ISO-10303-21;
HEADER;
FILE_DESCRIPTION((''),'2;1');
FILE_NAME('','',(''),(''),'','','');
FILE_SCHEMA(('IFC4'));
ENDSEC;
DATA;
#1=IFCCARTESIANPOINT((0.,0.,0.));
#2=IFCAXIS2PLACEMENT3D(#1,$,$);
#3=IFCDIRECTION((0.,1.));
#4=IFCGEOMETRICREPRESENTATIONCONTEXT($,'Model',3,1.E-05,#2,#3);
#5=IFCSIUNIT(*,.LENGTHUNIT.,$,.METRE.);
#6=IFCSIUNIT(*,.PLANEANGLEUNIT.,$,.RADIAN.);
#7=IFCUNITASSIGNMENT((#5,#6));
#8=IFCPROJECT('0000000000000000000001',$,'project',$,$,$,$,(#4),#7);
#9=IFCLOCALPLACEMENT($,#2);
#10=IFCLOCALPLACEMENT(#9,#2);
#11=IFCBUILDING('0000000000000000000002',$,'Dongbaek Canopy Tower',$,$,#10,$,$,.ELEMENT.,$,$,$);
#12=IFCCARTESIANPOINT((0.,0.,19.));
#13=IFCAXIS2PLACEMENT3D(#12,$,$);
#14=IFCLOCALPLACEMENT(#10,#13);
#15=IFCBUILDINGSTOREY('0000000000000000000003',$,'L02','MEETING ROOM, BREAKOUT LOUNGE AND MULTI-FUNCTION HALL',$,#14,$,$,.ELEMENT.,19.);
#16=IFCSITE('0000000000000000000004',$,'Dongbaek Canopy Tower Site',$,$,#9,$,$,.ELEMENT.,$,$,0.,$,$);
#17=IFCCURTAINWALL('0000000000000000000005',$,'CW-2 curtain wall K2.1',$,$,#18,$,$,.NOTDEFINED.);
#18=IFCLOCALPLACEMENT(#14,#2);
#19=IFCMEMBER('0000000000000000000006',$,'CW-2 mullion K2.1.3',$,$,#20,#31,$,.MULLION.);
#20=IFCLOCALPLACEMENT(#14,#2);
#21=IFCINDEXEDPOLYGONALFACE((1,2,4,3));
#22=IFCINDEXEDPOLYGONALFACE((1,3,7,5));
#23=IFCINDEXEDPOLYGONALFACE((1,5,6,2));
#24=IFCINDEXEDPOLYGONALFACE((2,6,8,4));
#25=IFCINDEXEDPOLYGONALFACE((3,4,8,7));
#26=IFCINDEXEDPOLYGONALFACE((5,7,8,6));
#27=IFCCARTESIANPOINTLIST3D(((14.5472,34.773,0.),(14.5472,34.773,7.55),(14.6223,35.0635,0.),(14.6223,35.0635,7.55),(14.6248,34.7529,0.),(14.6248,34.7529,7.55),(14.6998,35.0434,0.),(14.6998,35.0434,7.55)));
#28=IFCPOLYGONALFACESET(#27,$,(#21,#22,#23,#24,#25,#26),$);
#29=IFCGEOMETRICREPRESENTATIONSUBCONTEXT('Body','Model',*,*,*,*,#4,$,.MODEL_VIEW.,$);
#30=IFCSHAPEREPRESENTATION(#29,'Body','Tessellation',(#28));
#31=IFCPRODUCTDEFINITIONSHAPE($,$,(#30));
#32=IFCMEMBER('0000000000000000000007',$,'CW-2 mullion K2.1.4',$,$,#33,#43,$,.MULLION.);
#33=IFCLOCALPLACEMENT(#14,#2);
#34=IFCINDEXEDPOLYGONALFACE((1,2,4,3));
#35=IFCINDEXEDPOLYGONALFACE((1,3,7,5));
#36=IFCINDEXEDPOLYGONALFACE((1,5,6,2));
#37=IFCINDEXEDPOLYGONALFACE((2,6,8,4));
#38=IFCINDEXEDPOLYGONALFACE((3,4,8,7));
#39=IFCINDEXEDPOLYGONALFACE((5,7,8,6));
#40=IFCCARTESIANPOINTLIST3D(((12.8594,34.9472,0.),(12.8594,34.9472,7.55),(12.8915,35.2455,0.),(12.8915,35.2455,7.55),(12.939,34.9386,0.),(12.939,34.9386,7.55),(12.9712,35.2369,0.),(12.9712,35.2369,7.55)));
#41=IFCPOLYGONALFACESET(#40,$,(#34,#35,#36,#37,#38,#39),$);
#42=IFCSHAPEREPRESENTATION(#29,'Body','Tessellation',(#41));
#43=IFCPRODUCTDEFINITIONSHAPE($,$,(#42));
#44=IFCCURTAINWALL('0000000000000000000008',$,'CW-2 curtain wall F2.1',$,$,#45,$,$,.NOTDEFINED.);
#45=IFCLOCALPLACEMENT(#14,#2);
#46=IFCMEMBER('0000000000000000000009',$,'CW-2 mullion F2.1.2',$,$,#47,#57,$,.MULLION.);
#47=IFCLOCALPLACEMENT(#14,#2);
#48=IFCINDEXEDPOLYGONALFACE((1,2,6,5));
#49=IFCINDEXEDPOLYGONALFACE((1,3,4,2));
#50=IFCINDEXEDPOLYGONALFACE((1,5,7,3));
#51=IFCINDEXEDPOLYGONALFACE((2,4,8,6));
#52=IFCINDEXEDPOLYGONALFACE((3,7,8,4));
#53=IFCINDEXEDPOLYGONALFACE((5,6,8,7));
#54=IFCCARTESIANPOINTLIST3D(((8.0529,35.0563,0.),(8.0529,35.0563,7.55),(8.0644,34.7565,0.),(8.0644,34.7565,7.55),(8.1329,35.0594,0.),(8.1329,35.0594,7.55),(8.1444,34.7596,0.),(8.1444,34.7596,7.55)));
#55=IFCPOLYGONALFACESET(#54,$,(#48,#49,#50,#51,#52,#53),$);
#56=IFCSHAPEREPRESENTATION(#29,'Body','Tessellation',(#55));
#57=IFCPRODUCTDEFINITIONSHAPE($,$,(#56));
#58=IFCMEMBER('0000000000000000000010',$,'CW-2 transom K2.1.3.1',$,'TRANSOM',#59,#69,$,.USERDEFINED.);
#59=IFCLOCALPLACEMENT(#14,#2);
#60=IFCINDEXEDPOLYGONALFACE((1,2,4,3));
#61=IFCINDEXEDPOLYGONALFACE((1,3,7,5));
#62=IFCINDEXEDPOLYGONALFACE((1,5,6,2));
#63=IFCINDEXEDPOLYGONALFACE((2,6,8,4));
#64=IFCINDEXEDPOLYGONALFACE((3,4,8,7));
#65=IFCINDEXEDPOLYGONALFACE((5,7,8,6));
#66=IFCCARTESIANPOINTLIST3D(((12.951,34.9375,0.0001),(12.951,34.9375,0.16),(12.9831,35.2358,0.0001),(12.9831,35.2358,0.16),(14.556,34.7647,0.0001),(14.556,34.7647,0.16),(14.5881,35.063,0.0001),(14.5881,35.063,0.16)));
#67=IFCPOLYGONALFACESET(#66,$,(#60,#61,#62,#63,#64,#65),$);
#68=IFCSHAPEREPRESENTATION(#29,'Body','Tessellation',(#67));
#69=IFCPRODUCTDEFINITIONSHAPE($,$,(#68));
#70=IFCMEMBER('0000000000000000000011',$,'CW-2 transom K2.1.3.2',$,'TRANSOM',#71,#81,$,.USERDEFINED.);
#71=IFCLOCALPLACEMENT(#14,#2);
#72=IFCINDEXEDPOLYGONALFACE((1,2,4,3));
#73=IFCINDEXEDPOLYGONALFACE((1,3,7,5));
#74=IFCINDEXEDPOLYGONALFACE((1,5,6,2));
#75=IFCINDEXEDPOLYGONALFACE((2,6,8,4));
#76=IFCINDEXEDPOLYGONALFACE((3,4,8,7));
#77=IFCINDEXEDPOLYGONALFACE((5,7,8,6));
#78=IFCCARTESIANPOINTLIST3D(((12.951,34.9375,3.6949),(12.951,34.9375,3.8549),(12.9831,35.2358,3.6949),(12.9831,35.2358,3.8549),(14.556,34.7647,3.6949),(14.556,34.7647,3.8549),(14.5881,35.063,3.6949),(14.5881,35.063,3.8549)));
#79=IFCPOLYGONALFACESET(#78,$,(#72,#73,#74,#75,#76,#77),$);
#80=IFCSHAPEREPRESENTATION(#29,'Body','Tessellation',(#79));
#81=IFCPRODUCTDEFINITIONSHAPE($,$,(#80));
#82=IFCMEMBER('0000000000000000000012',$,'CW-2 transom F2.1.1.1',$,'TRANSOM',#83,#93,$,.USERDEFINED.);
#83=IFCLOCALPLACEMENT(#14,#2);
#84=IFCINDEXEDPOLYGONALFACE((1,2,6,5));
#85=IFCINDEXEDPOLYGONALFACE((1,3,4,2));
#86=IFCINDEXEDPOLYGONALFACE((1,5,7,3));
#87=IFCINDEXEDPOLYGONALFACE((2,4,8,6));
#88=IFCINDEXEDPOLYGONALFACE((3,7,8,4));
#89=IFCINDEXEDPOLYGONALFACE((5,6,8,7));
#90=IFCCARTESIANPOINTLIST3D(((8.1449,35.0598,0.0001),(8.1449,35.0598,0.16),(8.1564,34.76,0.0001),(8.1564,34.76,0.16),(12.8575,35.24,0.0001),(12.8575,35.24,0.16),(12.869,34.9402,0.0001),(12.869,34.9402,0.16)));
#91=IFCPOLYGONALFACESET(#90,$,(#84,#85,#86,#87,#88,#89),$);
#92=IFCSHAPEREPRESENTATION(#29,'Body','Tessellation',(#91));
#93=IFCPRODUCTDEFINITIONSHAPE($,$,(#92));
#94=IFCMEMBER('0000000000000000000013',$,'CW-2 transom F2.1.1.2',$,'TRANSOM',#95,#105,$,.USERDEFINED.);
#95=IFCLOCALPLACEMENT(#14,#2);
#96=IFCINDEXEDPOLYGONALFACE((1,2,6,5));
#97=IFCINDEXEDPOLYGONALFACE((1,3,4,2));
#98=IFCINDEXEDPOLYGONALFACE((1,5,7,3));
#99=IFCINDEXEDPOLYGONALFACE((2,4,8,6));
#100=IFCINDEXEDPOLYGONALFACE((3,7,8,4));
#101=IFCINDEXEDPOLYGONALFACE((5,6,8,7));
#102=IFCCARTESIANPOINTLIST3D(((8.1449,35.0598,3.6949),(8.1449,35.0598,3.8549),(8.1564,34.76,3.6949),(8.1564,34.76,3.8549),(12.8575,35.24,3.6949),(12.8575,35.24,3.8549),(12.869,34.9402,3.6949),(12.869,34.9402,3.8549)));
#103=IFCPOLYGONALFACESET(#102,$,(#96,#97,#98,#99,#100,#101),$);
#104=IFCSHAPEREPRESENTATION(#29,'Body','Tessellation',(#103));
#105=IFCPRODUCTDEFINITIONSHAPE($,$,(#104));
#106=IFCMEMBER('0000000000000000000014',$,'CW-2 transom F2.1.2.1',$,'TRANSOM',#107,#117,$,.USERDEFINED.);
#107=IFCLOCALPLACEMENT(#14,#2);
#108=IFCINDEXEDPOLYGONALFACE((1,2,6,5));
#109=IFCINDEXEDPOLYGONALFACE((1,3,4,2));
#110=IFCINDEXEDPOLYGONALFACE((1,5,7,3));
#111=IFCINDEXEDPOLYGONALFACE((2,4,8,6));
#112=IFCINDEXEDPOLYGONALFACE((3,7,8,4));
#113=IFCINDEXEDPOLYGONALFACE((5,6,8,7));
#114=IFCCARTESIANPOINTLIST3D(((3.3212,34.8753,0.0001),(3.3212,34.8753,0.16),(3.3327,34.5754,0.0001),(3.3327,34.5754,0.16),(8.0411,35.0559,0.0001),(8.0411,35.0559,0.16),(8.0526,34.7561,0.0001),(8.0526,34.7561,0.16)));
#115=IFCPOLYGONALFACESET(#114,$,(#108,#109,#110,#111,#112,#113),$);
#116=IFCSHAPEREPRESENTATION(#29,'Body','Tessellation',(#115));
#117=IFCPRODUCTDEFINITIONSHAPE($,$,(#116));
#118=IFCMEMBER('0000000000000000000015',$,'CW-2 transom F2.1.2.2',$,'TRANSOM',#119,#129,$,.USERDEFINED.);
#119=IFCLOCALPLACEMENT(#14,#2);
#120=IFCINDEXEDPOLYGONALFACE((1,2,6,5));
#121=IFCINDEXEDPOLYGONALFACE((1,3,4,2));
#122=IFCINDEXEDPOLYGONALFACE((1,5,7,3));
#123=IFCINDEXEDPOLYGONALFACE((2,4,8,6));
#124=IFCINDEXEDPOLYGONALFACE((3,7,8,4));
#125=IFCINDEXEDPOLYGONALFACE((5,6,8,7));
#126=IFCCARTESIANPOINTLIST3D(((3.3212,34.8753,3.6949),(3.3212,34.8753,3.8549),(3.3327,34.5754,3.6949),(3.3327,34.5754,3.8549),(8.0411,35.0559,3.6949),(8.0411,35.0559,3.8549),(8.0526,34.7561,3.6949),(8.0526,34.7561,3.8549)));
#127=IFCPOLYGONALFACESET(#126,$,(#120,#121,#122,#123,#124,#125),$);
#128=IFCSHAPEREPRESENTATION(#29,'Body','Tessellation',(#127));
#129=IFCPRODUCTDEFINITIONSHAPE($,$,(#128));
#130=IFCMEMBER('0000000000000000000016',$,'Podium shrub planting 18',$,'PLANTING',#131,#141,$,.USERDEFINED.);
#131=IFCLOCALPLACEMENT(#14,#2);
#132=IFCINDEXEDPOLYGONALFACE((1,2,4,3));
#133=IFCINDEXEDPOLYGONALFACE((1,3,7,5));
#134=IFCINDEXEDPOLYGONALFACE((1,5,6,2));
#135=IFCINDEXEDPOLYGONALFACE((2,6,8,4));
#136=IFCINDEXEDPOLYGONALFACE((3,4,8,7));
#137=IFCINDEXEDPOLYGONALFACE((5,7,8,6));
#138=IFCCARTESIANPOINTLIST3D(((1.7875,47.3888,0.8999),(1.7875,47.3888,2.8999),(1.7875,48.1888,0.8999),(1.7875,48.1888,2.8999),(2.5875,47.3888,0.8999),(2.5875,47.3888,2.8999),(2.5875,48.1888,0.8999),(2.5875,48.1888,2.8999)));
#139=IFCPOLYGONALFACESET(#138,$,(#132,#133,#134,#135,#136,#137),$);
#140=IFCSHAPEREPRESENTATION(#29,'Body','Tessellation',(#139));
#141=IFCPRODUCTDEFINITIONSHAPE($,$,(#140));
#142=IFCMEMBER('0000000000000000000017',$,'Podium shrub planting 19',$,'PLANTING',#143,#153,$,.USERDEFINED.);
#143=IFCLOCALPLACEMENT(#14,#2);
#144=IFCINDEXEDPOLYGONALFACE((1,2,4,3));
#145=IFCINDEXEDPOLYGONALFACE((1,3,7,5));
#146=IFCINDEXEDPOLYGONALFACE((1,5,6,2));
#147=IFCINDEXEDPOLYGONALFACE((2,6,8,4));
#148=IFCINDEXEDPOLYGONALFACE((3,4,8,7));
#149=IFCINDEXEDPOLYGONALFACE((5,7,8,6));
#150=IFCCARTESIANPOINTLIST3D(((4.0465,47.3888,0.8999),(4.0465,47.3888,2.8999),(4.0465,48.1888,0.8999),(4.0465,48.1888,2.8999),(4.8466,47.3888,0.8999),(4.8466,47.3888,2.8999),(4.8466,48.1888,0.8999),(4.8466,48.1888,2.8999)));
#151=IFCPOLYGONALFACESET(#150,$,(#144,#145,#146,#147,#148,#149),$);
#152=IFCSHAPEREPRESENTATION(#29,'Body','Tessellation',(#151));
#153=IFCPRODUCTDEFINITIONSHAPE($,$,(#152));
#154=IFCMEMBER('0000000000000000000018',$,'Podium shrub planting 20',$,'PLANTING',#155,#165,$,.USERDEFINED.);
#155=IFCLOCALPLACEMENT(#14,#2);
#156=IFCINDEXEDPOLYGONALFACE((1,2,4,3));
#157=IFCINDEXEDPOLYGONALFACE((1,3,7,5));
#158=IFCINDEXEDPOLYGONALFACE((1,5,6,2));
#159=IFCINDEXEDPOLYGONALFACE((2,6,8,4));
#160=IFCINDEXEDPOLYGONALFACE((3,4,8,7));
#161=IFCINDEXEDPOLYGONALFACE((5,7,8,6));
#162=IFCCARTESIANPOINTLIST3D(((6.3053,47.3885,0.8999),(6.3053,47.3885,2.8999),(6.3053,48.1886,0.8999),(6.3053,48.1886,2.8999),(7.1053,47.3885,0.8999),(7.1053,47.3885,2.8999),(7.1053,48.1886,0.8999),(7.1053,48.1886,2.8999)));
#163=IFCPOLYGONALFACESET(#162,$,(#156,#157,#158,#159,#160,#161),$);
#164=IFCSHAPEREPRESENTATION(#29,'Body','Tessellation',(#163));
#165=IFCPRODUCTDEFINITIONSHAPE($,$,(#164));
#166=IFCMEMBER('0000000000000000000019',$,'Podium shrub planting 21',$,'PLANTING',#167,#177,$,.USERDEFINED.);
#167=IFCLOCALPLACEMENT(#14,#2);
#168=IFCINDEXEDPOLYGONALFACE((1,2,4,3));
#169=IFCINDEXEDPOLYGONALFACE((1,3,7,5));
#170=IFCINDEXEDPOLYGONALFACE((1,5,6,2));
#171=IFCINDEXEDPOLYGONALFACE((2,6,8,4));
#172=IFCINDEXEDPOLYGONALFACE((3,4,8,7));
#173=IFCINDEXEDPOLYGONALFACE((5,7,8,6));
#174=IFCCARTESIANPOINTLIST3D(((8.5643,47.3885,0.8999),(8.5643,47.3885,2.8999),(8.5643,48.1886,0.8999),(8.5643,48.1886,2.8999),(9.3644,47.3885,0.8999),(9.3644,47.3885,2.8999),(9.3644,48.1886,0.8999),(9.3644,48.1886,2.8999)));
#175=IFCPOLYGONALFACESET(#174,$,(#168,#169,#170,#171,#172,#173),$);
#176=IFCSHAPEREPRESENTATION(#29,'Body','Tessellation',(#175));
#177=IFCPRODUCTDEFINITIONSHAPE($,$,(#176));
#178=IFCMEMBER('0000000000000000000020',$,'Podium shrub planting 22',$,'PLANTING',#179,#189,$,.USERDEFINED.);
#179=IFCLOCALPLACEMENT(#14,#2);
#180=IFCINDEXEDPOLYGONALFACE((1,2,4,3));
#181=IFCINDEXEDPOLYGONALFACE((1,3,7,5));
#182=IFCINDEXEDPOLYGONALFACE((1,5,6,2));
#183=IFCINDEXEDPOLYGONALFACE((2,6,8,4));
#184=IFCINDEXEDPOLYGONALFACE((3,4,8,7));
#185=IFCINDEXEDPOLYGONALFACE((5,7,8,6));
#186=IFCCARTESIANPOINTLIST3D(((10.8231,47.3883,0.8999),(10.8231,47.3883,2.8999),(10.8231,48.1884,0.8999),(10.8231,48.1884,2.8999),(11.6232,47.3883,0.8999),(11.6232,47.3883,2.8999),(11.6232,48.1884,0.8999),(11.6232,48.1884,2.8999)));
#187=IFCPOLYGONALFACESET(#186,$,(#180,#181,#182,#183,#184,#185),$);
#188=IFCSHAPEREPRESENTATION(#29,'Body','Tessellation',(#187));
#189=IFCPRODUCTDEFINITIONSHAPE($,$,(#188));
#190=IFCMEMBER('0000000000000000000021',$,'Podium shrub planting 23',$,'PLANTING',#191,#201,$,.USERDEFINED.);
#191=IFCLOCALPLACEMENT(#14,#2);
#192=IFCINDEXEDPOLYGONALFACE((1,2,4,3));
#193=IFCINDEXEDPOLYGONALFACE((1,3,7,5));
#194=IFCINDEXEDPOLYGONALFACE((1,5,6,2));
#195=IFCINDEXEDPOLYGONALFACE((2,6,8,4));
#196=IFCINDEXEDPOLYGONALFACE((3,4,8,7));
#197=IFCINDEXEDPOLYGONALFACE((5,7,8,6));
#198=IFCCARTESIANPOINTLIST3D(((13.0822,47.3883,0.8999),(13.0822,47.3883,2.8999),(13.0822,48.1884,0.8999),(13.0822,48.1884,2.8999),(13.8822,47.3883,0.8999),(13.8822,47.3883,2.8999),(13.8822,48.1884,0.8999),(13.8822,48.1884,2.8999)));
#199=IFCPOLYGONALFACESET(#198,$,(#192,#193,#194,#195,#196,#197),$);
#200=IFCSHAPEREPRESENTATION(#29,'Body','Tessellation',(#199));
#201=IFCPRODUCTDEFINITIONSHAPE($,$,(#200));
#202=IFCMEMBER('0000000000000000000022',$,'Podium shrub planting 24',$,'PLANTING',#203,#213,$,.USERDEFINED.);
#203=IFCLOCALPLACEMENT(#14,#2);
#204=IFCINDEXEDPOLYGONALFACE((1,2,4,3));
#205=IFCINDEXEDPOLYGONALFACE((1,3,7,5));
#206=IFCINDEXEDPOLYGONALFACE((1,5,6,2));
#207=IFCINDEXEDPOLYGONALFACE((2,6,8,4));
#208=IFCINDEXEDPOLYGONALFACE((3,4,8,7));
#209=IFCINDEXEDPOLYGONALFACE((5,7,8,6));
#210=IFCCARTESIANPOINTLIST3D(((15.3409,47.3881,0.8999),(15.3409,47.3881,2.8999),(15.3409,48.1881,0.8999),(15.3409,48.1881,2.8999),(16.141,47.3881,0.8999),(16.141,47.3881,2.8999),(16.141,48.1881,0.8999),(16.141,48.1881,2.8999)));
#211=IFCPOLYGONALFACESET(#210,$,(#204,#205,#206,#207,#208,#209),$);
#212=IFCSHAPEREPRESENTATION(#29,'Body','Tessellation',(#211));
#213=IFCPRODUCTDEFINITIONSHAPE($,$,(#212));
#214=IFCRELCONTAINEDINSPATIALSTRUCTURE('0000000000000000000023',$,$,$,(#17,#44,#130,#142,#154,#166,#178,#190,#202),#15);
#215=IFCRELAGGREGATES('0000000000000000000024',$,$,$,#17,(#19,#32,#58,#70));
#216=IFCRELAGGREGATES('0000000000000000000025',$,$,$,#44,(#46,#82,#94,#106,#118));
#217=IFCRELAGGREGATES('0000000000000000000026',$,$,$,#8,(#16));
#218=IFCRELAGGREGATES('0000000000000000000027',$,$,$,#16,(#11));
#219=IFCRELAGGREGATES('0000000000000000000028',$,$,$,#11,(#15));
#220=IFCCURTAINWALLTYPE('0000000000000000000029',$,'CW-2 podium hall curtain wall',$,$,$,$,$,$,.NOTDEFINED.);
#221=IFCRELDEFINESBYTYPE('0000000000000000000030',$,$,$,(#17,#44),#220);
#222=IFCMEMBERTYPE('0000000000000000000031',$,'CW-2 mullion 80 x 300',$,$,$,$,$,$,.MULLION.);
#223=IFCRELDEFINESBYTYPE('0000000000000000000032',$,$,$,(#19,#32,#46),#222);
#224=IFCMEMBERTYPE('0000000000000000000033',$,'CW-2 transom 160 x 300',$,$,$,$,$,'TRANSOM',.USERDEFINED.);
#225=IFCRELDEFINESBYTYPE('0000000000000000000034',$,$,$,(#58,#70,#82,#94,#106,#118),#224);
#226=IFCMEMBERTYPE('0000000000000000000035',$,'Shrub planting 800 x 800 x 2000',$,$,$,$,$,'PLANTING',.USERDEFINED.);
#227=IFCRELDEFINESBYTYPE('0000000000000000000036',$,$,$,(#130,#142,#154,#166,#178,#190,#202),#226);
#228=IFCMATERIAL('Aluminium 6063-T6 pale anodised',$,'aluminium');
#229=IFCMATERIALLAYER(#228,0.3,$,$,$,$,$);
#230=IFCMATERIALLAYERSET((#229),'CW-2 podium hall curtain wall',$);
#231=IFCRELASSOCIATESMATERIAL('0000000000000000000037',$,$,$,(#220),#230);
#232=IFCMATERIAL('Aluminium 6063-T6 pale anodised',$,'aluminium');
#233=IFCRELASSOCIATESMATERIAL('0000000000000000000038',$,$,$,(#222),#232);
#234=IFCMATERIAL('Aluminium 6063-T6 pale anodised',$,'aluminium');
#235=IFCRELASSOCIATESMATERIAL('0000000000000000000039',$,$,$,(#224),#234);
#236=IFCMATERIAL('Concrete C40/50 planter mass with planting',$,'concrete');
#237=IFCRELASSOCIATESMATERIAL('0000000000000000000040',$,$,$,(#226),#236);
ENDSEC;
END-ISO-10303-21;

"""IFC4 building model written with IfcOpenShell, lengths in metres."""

from ifc_helpers import new_model, si_unit, direction, frame, origin, origin_2d, place, context, subcontext, project, spatial, rectangle, extrude, material, layer, layer_set, material_profile, profile_set, type_object, element, aggregate, save


model = new_model("IFC4")

# Units and contexts
model_context = context("Model", 3, precision=1e-05, world=origin(), true_north=direction((0.0, 1.0)))
body_context = subcontext(model_context, "Body", "Model", "MODEL_VIEW")
ifc_project = project(units=[si_unit("LENGTHUNIT", "METRE"), si_unit("PLANEANGLEUNIT", "RADIAN")], contexts=[model_context])

# Site, building, storey
site_placement = place(None, origin())
site = spatial("IfcSite", under=ifc_project, at=site_placement, Name="Dongbaek Canopy Tower Site", CompositionType="ELEMENT", RefElevation=0.0)
building_placement = place(site_placement, origin())
building = spatial("IfcBuilding", under=site, at=building_placement, Name="Dongbaek Canopy Tower", CompositionType="ELEMENT")
storey_placement = place(building_placement, frame((0.0, 0.0, 19.0)))
storey = spatial("IfcBuildingStorey", under=building, at=storey_placement, Name="L02", Description="MEETING ROOM, BREAKOUT LOUNGE AND MULTI-FUNCTION HALL", CompositionType="ELEMENT", Elevation=19.0)

# Curtain wall, members
ifc_material_1 = material(Name="Aluminium 6063-T6 pale anodised", Category="aluminium")
ifc_layer_1 = layer(ifc_material_1, 0.3)
ifc_layer_set_1 = layer_set([ifc_layer_1], Name="CW-2 podium hall curtain wall")
curtain_wall_type = type_object("IfcCurtainWallType", Name="CW-2 podium hall curtain wall", PredefinedType="NOTDEFINED", material=ifc_layer_set_1)
curtain_wall_1_placement = place(storey_placement, origin())
curtain_wall_1 = element("IfcCurtainWall", 1, at=curtain_wall_1_placement, inside=storey, type_object=curtain_wall_type, Name="CW-2 curtain wall K2.1", PredefinedType="NOTDEFINED")
ifc_material_2 = material(Name="Aluminium 6063-T6 pale anodised", Category="aluminium")
ifc_material_profile_1 = material_profile(ifc_material_2, rectangle(XDim=0.3, YDim=0.0801, at=origin_2d()), Name="CW-2 mullion 80 x 300")
ifc_profile_set_1 = profile_set([ifc_material_profile_1], Name="Aluminium 6063-T6 pale anodised")
member_type_1 = type_object("IfcMemberType", Name="CW-2 mullion 80 x 300", PredefinedType="MULLION", material=ifc_profile_set_1)
member_1_placement = place(storey_placement, frame((14.6235, 34.9082, 0.0), z_axis=(0.0, 0.0, 1.0), x_axis=(0.250118, 0.968215, 0.0)))
member_1 = element("IfcMember", 2, at=member_1_placement, type_object=member_type_1, Name="CW-2 mullion K2.1.3", PredefinedType="MULLION", context=body_context, shape_type="SweptSolid", body=[
    extrude(rectangle(XDim=0.3, YDim=0.0801, at=origin_2d()), origin(), (0.0, 0.0, 1.0), 7.55),
])
member_2_placement = place(storey_placement, frame((12.9153, 35.092, 0.0), z_axis=(0.0, 0.0, 1.0), x_axis=(0.107075, 0.994251, 0.0)))
member_2 = element("IfcMember", 3, at=member_2_placement, type_object=member_type_1, Name="CW-2 mullion K2.1.4", PredefinedType="MULLION", context=body_context, shape_type="SweptSolid", body=[
    extrude(rectangle(XDim=0.3, YDim=0.0801, at=origin_2d()), origin(), (0.0, 0.0, 1.0), 7.55),
])

# Curtain wall, member
curtain_wall_2_placement = place(storey_placement, origin())
curtain_wall_2 = element("IfcCurtainWall", 4, at=curtain_wall_2_placement, inside=storey, type_object=curtain_wall_type, Name="CW-2 curtain wall F2.1", PredefinedType="NOTDEFINED")
member_3_placement = place(storey_placement, frame((8.0986, 34.908, 0.0), z_axis=(0.0, 0.0, 1.0), x_axis=(-0.038232, 0.999269, 0.0)))
member_3 = element("IfcMember", 5, at=member_3_placement, type_object=member_type_1, Name="CW-2 mullion F2.1.2", PredefinedType="MULLION", context=body_context, shape_type="SweptSolid", body=[
    extrude(rectangle(XDim=0.3, YDim=0.0801, at=origin_2d()), origin(), (0.0, 0.0, 1.0), 7.55),
])

# Members
ifc_material_3 = material(Name="Aluminium 6063-T6 pale anodised", Category="aluminium")
ifc_material_profile_2 = material_profile(ifc_material_3, rectangle(XDim=0.3, YDim=0.1599, at=origin_2d()), Name="CW-2 transom 160 x 300")
ifc_profile_set_2 = profile_set([ifc_material_profile_2], Name="Aluminium 6063-T6 pale anodised")
member_type_2 = type_object("IfcMemberType", Name="CW-2 transom 160 x 300", ElementType="TRANSOM", PredefinedType="USERDEFINED", material=ifc_profile_set_2)
member_4_placement = place(storey_placement, frame((14.572, 34.9138, 0.0801), z_axis=(-0.994251, 0.107078, 0.0), x_axis=(-0.107078, -0.994251, 0.0)))
member_4 = element("IfcMember", 6, at=member_4_placement, type_object=member_type_2, Name="CW-2 transom K2.1.3.1", ObjectType="TRANSOM", PredefinedType="USERDEFINED", context=body_context, shape_type="SweptSolid", body=[
    extrude(rectangle(XDim=0.3, YDim=0.1599, at=origin_2d()), origin(), (0.0, 0.0, 1.0), 1.6143),
])
member_5_placement = place(storey_placement, frame((14.572, 34.9138, 3.7749), z_axis=(-0.994251, 0.107078, 0.0), x_axis=(-0.107078, -0.994251, 0.0)))
member_5 = element("IfcMember", 7, at=member_5_placement, type_object=member_type_2, Name="CW-2 transom K2.1.3.2", ObjectType="TRANSOM", PredefinedType="USERDEFINED", context=body_context, shape_type="SweptSolid", body=[
    extrude(rectangle(XDim=0.3, YDim=0.1599, at=origin_2d()), origin(), (0.0, 0.0, 1.0), 1.6143),
])
member_6_placement = place(storey_placement, frame((12.8633, 35.0901, 0.0801), z_axis=(-0.99927, -0.038204, 0.0), x_axis=(0.038204, -0.99927, 0.0)))
member_6 = element("IfcMember", 8, at=member_6_placement, type_object=member_type_2, Name="CW-2 transom F2.1.1.1", ObjectType="TRANSOM", PredefinedType="USERDEFINED", context=body_context, shape_type="SweptSolid", body=[
    extrude(rectangle(XDim=0.3, YDim=0.1599, at=origin_2d()), origin(), (0.0, 0.0, 1.0), 4.7161),
])
member_7_placement = place(storey_placement, frame((12.8633, 35.0901, 3.7749), z_axis=(-0.99927, -0.038204, 0.0), x_axis=(0.038204, -0.99927, 0.0)))
member_7 = element("IfcMember", 9, at=member_7_placement, type_object=member_type_2, Name="CW-2 transom F2.1.1.2", ObjectType="TRANSOM", PredefinedType="USERDEFINED", context=body_context, shape_type="SweptSolid", body=[
    extrude(rectangle(XDim=0.3, YDim=0.1599, at=origin_2d()), origin(), (0.0, 0.0, 1.0), 4.7161),
])
member_8_placement = place(storey_placement, frame((8.0469, 34.906, 0.0801), z_axis=(-0.999268, -0.038249, 0.0), x_axis=(0.038249, -0.999268, 0.0)))
member_8 = element("IfcMember", 10, at=member_8_placement, type_object=member_type_2, Name="CW-2 transom F2.1.2.1", ObjectType="TRANSOM", PredefinedType="USERDEFINED", context=body_context, shape_type="SweptSolid", body=[
    extrude(rectangle(XDim=0.3, YDim=0.1599, at=origin_2d()), origin(), (0.0, 0.0, 1.0), 4.7234),
])
member_9_placement = place(storey_placement, frame((8.0469, 34.906, 3.7749), z_axis=(-0.999268, -0.038249, 0.0), x_axis=(0.038249, -0.999268, 0.0)))
member_9 = element("IfcMember", 11, at=member_9_placement, type_object=member_type_2, Name="CW-2 transom F2.1.2.2", ObjectType="TRANSOM", PredefinedType="USERDEFINED", context=body_context, shape_type="SweptSolid", body=[
    extrude(rectangle(XDim=0.3, YDim=0.1599, at=origin_2d()), origin(), (0.0, 0.0, 1.0), 4.7234),
])

# Members
ifc_material_4 = material(Name="Concrete C40/50 planter mass with planting", Category="concrete")
ifc_material_profile_3 = material_profile(ifc_material_4, rectangle(XDim=0.8, YDim=0.8, at=origin_2d()), Name="Shrub planting 800 x 800 x 2000")
ifc_profile_set_3 = profile_set([ifc_material_profile_3], Name="Concrete C40/50 planter mass with planting")
member_type_3 = type_object("IfcMemberType", Name="Shrub planting 800 x 800 x 2000", ElementType="PLANTING", PredefinedType="USERDEFINED", material=ifc_profile_set_3)
for number, where, z_axis, x_axis, name in (
    (12, (2.1875, 47.7888, 0.8999), (0.0, 0.0, 1.0), (1.0, 0.0, 0.0), "Podium shrub planting 18"),
    (13, (4.4465, 47.7888, 0.8999), (0.0, 0.0, 1.0), (1.0, 0.0, 0.0), "Podium shrub planting 19"),
    (14, (6.7053, 47.7886, 0.8999), (0.0, 0.0, 1.0), (1.0, 0.0, 0.0), "Podium shrub planting 20"),
    (15, (8.9644, 47.7886, 0.8999), (0.0, 0.0, 1.0), (1.0, 0.0, 0.0), "Podium shrub planting 21"),
    (16, (11.2231, 47.7883, 0.8999), (0.0, 0.0, 1.0), (1.0, 0.0, 0.0), "Podium shrub planting 22"),
    (17, (13.4822, 47.7883, 0.8999), (0.0, 0.0, 1.0), (1.0, 0.0, 0.0), "Podium shrub planting 23"),
    (18, (15.741, 47.7881, 0.8999), (0.0, 0.0, 1.0), (1.0, 0.0, 0.0), "Podium shrub planting 24"),
):
    element("IfcMember", number, at=place(storey_placement, frame(where, z_axis=z_axis, x_axis=x_axis)), inside=storey, type_object=member_type_3, Name=name, ObjectType="PLANTING", PredefinedType="USERDEFINED", context=body_context, shape_type="SweptSolid", body=[
        extrude(rectangle(XDim=0.8, YDim=0.8, at=origin_2d()), origin(), (0.0, 0.0, 1.0), 2.0),
    ])

aggregate(curtain_wall_1, [member_1, member_2, member_4, member_5])
aggregate(curtain_wall_2, [member_3, member_6, member_7, member_8, member_9])

save(model, "model.ifc")
